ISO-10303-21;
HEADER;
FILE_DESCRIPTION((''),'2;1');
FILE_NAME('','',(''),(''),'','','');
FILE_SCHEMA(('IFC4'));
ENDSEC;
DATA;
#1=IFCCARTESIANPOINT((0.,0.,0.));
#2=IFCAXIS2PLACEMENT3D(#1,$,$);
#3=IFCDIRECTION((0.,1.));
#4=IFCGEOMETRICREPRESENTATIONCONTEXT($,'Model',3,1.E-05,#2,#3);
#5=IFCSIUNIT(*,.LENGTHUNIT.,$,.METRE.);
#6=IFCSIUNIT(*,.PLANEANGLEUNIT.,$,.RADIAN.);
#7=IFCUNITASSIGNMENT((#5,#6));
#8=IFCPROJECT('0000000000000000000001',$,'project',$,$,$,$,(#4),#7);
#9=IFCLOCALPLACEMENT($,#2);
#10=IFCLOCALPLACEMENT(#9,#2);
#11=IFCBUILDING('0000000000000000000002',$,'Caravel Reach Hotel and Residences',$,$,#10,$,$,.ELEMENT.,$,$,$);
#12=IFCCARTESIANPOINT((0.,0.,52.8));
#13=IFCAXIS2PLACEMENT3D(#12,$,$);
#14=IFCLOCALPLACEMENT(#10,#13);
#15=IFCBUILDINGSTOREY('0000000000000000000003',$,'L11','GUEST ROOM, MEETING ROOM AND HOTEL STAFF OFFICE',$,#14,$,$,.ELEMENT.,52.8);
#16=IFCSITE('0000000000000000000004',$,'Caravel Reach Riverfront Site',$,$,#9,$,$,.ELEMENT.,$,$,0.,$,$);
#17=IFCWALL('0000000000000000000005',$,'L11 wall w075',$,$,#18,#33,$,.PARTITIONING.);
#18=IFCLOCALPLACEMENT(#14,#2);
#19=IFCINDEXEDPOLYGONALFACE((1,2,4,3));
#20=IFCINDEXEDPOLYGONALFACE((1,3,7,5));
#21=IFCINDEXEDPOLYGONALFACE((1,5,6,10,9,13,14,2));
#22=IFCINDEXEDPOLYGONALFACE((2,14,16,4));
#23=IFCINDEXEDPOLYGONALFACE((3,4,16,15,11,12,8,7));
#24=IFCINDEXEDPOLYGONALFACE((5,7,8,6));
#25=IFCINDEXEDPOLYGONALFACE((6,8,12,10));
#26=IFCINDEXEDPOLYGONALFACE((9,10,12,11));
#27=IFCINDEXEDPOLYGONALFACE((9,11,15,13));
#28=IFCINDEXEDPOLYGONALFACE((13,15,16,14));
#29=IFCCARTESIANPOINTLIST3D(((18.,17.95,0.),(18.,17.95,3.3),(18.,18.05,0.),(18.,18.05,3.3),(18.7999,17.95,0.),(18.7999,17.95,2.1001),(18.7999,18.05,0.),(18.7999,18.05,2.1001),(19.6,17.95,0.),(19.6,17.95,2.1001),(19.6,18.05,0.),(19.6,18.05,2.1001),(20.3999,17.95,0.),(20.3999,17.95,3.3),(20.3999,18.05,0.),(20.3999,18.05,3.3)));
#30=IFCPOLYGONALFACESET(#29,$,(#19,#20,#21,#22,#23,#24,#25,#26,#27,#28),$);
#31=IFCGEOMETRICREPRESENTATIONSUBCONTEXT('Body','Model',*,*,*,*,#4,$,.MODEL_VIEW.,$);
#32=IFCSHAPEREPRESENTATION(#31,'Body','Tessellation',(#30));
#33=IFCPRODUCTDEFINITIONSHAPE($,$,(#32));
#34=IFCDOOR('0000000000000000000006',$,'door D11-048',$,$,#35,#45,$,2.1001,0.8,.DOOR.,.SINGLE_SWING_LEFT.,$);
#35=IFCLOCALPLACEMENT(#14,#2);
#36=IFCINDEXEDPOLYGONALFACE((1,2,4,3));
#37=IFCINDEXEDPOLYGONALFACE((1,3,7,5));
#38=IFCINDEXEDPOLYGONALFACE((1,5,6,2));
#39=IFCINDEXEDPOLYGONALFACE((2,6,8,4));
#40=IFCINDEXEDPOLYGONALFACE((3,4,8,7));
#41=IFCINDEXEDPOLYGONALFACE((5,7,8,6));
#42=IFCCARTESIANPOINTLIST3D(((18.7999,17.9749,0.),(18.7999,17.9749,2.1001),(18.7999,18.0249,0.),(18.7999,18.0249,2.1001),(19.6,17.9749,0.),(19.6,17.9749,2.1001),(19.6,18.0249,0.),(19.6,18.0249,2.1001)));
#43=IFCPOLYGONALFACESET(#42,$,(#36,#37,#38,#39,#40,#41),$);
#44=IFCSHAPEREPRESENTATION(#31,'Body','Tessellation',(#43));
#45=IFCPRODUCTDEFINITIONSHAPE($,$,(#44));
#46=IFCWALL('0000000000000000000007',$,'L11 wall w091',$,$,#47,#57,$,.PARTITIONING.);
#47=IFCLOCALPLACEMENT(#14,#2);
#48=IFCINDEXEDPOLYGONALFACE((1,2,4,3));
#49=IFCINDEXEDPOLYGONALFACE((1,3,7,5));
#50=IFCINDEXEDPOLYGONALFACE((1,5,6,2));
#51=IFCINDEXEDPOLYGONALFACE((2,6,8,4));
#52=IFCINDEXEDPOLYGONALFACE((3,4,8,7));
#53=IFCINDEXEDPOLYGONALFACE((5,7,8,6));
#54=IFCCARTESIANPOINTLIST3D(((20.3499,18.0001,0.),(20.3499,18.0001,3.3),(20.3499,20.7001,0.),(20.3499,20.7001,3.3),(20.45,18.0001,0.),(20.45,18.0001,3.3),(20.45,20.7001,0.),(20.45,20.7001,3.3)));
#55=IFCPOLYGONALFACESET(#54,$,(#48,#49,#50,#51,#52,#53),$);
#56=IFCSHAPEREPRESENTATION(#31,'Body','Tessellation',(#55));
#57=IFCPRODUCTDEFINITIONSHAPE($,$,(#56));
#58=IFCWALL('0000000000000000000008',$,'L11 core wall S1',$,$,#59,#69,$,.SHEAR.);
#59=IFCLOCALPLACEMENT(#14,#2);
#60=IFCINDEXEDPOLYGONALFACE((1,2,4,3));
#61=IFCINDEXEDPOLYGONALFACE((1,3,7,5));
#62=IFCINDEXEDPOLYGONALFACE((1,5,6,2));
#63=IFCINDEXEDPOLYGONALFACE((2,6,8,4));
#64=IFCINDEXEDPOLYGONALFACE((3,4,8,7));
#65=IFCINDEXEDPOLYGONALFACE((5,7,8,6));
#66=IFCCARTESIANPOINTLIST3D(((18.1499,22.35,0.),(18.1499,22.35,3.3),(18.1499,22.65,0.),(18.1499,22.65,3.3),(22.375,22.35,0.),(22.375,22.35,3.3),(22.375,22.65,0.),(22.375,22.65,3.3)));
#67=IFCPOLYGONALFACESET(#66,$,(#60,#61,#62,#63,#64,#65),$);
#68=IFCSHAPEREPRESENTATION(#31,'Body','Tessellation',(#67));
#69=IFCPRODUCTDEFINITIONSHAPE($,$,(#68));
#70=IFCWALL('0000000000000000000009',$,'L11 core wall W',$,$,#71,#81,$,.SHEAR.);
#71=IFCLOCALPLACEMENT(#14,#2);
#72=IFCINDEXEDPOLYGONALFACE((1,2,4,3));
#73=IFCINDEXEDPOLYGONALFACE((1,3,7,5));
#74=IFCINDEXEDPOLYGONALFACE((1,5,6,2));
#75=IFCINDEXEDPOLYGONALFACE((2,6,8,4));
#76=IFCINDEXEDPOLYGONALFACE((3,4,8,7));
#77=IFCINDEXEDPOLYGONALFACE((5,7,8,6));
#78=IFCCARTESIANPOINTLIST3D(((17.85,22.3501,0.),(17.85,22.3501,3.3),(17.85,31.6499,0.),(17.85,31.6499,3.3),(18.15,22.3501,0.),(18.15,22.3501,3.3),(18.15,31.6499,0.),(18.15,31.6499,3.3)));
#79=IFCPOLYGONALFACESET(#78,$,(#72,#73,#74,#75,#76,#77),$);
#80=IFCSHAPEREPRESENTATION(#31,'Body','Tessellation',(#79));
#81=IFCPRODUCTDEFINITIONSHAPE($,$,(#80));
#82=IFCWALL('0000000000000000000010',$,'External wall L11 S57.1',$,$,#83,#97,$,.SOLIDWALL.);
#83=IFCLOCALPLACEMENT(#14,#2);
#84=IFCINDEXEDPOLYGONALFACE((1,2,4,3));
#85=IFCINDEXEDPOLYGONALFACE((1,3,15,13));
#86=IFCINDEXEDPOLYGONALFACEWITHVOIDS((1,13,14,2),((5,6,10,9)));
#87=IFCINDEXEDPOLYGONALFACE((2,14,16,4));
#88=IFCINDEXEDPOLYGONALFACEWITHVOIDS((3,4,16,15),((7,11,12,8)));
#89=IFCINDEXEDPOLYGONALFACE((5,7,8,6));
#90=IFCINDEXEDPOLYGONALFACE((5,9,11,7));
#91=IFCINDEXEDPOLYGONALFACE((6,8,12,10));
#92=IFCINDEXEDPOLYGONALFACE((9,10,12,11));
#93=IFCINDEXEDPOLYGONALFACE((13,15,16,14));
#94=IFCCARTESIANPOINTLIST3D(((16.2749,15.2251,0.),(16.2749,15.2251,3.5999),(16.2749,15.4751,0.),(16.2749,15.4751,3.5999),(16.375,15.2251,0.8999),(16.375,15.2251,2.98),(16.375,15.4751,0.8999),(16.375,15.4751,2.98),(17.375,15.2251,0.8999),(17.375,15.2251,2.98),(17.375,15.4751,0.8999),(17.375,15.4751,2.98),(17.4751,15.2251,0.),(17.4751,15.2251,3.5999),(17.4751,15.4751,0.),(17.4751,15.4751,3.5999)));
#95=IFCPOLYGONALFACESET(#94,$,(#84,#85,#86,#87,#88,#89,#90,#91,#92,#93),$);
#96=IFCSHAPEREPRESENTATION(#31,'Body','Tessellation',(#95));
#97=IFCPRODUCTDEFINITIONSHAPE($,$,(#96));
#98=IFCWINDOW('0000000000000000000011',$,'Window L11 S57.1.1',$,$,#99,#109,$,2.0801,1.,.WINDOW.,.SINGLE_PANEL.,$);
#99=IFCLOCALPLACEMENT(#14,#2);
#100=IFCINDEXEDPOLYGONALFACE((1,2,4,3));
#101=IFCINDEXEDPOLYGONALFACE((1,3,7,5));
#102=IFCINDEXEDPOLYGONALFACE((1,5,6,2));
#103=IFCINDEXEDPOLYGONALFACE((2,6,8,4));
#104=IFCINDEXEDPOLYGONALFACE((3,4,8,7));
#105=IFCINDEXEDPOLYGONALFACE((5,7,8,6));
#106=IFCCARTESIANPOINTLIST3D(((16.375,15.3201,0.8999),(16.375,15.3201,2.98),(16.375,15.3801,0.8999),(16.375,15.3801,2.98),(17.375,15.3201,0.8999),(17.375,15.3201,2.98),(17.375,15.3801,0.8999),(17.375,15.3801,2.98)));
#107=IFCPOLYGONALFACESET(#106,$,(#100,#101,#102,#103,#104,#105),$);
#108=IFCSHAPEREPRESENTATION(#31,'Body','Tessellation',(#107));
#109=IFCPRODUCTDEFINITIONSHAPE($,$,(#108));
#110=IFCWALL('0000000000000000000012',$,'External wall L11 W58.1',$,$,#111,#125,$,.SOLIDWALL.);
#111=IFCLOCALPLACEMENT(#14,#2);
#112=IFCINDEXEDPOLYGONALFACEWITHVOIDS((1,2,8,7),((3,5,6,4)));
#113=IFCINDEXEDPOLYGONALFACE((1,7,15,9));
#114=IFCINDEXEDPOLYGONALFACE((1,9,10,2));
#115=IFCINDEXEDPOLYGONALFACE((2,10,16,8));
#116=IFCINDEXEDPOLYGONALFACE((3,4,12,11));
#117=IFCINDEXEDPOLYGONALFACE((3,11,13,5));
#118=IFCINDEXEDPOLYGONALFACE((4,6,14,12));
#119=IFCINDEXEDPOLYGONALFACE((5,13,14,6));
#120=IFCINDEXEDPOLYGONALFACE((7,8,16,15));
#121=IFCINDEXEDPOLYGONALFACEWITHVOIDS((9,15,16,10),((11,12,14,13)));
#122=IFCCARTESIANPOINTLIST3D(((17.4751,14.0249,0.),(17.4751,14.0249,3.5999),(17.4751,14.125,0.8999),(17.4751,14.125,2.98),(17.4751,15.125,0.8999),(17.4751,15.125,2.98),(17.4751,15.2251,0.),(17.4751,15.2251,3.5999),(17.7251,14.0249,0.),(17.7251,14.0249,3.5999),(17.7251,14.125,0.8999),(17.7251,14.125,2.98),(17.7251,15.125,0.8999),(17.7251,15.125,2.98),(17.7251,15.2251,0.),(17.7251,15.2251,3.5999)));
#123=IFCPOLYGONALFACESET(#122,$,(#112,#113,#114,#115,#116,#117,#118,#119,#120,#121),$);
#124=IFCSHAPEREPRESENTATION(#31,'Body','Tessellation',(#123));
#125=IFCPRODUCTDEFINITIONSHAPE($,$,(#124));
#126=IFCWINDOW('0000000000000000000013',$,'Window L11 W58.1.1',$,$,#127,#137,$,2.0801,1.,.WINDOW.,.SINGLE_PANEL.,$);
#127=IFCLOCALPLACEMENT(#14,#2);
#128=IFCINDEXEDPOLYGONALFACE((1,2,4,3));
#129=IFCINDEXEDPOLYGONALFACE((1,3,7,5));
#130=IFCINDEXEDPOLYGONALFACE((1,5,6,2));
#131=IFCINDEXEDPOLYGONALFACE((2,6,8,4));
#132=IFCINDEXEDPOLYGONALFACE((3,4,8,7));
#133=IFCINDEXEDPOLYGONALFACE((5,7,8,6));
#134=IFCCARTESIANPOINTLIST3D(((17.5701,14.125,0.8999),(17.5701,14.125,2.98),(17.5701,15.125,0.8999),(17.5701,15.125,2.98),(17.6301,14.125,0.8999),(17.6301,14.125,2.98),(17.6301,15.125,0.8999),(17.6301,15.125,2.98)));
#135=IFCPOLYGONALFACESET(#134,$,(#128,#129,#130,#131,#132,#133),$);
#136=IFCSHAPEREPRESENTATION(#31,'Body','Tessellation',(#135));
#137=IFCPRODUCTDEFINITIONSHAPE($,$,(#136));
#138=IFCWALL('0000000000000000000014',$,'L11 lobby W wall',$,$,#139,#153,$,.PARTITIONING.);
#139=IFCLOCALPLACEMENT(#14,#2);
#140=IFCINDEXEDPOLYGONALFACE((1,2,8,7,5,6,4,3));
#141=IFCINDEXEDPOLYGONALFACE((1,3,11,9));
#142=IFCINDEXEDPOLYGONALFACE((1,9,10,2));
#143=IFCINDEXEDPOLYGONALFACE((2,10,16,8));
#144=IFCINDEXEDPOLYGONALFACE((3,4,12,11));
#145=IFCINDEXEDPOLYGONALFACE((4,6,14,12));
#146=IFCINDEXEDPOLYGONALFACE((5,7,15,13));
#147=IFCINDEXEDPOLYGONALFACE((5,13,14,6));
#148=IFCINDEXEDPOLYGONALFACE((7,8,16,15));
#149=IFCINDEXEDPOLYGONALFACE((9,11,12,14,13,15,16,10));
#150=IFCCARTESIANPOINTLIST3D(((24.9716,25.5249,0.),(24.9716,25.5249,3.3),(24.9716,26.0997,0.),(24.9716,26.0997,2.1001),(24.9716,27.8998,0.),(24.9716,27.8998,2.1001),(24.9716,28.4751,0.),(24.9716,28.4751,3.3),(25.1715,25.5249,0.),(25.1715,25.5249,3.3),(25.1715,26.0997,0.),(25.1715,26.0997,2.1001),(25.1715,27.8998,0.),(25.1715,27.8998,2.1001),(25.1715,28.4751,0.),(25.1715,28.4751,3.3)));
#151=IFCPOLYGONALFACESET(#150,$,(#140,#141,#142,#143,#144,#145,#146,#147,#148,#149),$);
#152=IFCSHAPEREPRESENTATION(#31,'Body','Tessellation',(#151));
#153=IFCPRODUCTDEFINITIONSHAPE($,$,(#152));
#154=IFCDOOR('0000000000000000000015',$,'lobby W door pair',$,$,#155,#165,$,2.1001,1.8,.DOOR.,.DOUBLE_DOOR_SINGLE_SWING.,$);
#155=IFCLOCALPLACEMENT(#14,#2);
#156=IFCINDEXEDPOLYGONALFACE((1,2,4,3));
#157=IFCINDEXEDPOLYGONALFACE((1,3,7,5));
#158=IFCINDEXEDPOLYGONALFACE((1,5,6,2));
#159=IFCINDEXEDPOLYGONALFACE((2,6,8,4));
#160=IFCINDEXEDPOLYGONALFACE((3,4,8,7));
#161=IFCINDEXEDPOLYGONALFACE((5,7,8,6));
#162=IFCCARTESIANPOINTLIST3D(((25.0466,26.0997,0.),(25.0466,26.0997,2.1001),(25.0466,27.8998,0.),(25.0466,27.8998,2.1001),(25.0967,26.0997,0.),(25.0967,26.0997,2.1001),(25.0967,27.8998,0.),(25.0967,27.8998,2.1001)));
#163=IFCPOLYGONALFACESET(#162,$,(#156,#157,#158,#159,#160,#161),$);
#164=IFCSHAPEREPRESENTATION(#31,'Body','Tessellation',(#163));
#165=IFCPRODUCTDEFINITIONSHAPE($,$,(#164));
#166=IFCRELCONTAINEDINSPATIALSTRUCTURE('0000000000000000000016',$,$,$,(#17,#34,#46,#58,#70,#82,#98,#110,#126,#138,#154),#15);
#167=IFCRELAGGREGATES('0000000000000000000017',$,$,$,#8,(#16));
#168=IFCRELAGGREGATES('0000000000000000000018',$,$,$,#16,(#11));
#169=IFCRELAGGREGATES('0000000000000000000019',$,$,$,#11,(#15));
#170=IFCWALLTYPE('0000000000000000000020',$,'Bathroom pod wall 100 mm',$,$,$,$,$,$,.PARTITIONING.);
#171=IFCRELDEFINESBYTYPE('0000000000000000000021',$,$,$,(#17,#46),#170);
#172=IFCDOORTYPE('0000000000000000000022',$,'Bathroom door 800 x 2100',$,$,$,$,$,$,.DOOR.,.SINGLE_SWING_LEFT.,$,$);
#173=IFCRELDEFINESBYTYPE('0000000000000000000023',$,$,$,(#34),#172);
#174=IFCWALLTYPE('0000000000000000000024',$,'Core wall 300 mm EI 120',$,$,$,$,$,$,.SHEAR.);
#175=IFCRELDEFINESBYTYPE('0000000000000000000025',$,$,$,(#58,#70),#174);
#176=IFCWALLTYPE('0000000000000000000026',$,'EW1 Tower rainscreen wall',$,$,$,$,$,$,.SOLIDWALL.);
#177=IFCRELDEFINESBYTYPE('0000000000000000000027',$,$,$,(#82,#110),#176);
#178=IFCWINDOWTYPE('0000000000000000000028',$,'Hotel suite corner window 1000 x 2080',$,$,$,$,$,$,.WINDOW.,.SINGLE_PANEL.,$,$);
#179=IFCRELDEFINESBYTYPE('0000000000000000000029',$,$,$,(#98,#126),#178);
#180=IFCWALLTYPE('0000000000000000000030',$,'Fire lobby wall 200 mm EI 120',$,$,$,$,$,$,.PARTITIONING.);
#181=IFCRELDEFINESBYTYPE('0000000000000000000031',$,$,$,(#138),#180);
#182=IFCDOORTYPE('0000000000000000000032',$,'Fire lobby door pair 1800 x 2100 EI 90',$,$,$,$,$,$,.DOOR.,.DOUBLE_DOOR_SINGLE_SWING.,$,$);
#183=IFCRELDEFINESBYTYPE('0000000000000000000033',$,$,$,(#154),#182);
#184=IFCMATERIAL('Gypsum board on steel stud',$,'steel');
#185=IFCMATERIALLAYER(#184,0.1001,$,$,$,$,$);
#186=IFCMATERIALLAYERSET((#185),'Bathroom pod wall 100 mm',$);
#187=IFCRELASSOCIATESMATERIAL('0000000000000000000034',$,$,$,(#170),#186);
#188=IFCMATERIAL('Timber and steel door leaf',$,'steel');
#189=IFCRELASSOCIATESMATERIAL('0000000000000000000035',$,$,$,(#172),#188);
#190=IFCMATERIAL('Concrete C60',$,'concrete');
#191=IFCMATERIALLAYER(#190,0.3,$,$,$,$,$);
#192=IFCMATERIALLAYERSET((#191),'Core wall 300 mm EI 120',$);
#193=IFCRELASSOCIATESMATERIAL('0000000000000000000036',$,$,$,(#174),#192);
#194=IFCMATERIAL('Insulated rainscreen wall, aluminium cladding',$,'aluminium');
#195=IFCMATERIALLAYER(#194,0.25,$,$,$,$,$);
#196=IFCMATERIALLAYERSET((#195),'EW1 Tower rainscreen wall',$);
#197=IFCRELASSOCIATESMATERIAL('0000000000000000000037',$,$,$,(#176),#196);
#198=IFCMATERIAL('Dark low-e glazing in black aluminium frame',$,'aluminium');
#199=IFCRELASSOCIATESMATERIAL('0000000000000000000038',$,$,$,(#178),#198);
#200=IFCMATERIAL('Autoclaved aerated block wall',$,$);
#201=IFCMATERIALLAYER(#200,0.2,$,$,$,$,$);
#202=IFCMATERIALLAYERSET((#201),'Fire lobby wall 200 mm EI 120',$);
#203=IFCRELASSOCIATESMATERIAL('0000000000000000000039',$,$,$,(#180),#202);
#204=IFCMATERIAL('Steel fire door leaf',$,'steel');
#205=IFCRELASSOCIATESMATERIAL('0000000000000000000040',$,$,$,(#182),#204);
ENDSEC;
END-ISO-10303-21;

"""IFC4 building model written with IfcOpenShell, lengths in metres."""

from ifc_helpers import new_model, si_unit, direction, frame, frame_2d, origin, place, context, subcontext, project, spatial, rectangle, extrude, material, layer, layer_set, type_object, element, fill, save


model = new_model("IFC4")

# Units and contexts
model_context = context("Model", 3, precision=1e-05, world=origin(), true_north=direction((0.0, 1.0)))
body_context = subcontext(model_context, "Body", "Model", "MODEL_VIEW")
ifc_project = project(units=[si_unit("LENGTHUNIT", "METRE"), si_unit("PLANEANGLEUNIT", "RADIAN")], contexts=[model_context])

# Site, building, storey
site_placement = place(None, origin())
site = spatial("IfcSite", under=ifc_project, at=site_placement, Name="Caravel Reach Riverfront Site", CompositionType="ELEMENT", RefElevation=0.0)
building_placement = place(site_placement, origin())
building = spatial("IfcBuilding", under=site, at=building_placement, Name="Caravel Reach Hotel and Residences", CompositionType="ELEMENT")
storey_placement = place(building_placement, frame((0.0, 0.0, 52.8)))
storey = spatial("IfcBuildingStorey", under=building, at=storey_placement, Name="L11", Description="GUEST ROOM, MEETING ROOM AND HOTEL STAFF OFFICE", CompositionType="ELEMENT", Elevation=52.8)

# Wall, opening, door
ifc_material_1 = material(Name="Gypsum board on steel stud", Category="steel")
ifc_layer_1 = layer(ifc_material_1, 0.1001)
ifc_layer_set_1 = layer_set([ifc_layer_1], Name="Bathroom pod wall 100 mm")
wall_type_1 = type_object("IfcWallType", Name="Bathroom pod wall 100 mm", PredefinedType="PARTITIONING", material=ifc_layer_set_1)
wall_1_placement = place(storey_placement, frame((18.0, 18.0, 0.0), z_axis=(0.0, 0.0, 1.0), x_axis=(1.0, 0.0, 0.0)))
wall_1 = element("IfcWall", 1, at=wall_1_placement, inside=storey, type_object=wall_type_1, Name="L11 wall w075", PredefinedType="PARTITIONING", context=body_context, shape_type="SweptSolid", body=[
    extrude(rectangle(XDim=2.3999, YDim=0.1001, at=frame_2d((1.2, 0.0))), origin(), (0.0, 0.0, 1.0), 3.3),
])
opening_1_placement = place(wall_1_placement, frame((0.8, 0.0, 0.0)))
opening_1 = element("IfcOpeningElement", 2, at=opening_1_placement, cuts=wall_1, PredefinedType="OPENING", context=body_context, shape_type="SweptSolid", body=[
    extrude(rectangle(XDim=0.8, YDim=2.1001, at=frame_2d((0.3999, 1.05))), frame((0.0, 0.0601, 0.0), z_axis=(0.0, -1.0, 0.0), x_axis=(1.0, 0.0, 0.0)), (0.0, 0.0, 1.0), 0.1201),
])
ifc_material_2 = material(Name="Timber and steel door leaf", Category="steel")
door_type_1 = type_object("IfcDoorType", Name="Bathroom door 800 x 2100", OperationType="SINGLE_SWING_LEFT", PredefinedType="DOOR", material=ifc_material_2)
door_1_placement = place(opening_1_placement, origin())
door_1 = element("IfcDoor", 3, at=door_1_placement, inside=storey, type_object=door_type_1, Name="door D11-048", OperationType="SINGLE_SWING_LEFT", OverallHeight=2.1001, OverallWidth=0.8, PredefinedType="DOOR", context=body_context, shape_type="SweptSolid", body=[
    extrude(rectangle(XDim=0.8, YDim=2.1001, at=frame_2d((0.3999, 1.05))), frame((0.0, 0.0249, 0.0), z_axis=(0.0, -1.0, 0.0), x_axis=(1.0, 0.0, 0.0)), (0.0, 0.0, 1.0), 0.05),
])
fill(opening_1, door_1)

# Walls
wall_2_placement = place(storey_placement, frame((20.3999, 18.0, 0.0), z_axis=(0.0, 0.0, 1.0), x_axis=(0.0, 1.0, 0.0)))
element("IfcWall", 4, at=wall_2_placement, inside=storey, type_object=wall_type_1, Name="L11 wall w091", PredefinedType="PARTITIONING", context=body_context, shape_type="SweptSolid", body=[
    extrude(rectangle(XDim=2.7, YDim=0.1001, at=frame_2d((1.3501, 0.0))), origin(), (0.0, 0.0, 1.0), 3.3),
])
ifc_material_3 = material(Name="Concrete C60", Category="concrete")
ifc_layer_2 = layer(ifc_material_3, 0.3)
ifc_layer_set_2 = layer_set([ifc_layer_2], Name="Core wall 300 mm EI 120")
wall_type_2 = type_object("IfcWallType", Name="Core wall 300 mm EI 120", PredefinedType="SHEAR", material=ifc_layer_set_2)
wall_3_placement = place(storey_placement, frame((18.1499, 22.5, 0.0), z_axis=(0.0, 0.0, 1.0), x_axis=(1.0, 0.0, 0.0)))
element("IfcWall", 5, at=wall_3_placement, inside=storey, type_object=wall_type_2, Name="L11 core wall S1", PredefinedType="SHEAR", context=body_context, shape_type="SweptSolid", body=[
    extrude(rectangle(XDim=4.2251, YDim=0.3, at=frame_2d((2.1125, 0.0))), origin(), (0.0, 0.0, 1.0), 3.3),
])
wall_4_placement = place(storey_placement, frame((18.0, 22.3501, 0.0), z_axis=(0.0, 0.0, 1.0), x_axis=(0.0, 1.0, 0.0)))
element("IfcWall", 6, at=wall_4_placement, inside=storey, type_object=wall_type_2, Name="L11 core wall W", PredefinedType="SHEAR", context=body_context, shape_type="SweptSolid", body=[
    extrude(rectangle(XDim=9.2998, YDim=0.3, at=frame_2d((4.6499, 0.0))), origin(), (0.0, 0.0, 1.0), 3.3),
])

# Walls, openings, windows
ifc_material_4 = material(Name="Insulated rainscreen wall, aluminium cladding", Category="aluminium")
ifc_layer_3 = layer(ifc_material_4, 0.25)
ifc_layer_set_3 = layer_set([ifc_layer_3], Name="EW1 Tower rainscreen wall")
wall_type_3 = type_object("IfcWallType", Name="EW1 Tower rainscreen wall", PredefinedType="SOLIDWALL", material=ifc_layer_set_3)
wall_5_placement = place(storey_placement, frame((16.2749, 15.3501, 0.0), z_axis=(0.0, 0.0, 1.0), x_axis=(1.0, 0.0, 0.0)))
wall_5 = element("IfcWall", 7, at=wall_5_placement, inside=storey, type_object=wall_type_3, Name="External wall L11 S57.1", PredefinedType="SOLIDWALL", context=body_context, shape_type="SweptSolid", body=[
    extrude(rectangle(XDim=1.2002, YDim=0.25, at=frame_2d((0.6001, 0.0))), origin(), (0.0, 0.0, 1.0), 3.5999),
])
opening_2_placement = place(wall_5_placement, frame((0.1001, 0.0, 0.8999)))
opening_2 = element("IfcOpeningElement", 8, at=opening_2_placement, cuts=wall_5, PredefinedType="OPENING", context=body_context, shape_type="SweptSolid", body=[
    extrude(rectangle(XDim=1.0, YDim=2.0801, at=frame_2d((0.5, 1.04))), frame((0.0, 0.135, 0.0), z_axis=(0.0, -1.0, 0.0), x_axis=(1.0, 0.0, 0.0)), (0.0, 0.0, 1.0), 0.27),
])
ifc_material_5 = material(Name="Dark low-e glazing in black aluminium frame", Category="aluminium")
window_type = type_object("IfcWindowType", Name="Hotel suite corner window 1000 x 2080", PartitioningType="SINGLE_PANEL", PredefinedType="WINDOW", material=ifc_material_5)
window_1_placement = place(opening_2_placement, origin())
window_1 = element("IfcWindow", 9, at=window_1_placement, inside=storey, type_object=window_type, Name="Window L11 S57.1.1", OverallHeight=2.0801, OverallWidth=1.0, PartitioningType="SINGLE_PANEL", PredefinedType="WINDOW", context=body_context, shape_type="SweptSolid", body=[
    extrude(rectangle(XDim=1.0, YDim=2.0801, at=frame_2d((0.5, 1.04))), frame((0.0, 0.03, 0.0), z_axis=(0.0, -1.0, 0.0), x_axis=(1.0, 0.0, 0.0)), (0.0, 0.0, 1.0), 0.0601),
])
fill(opening_2, window_1)
wall_6_placement = place(storey_placement, frame((17.6001, 15.2251, 0.0), z_axis=(0.0, 0.0, 1.0), x_axis=(0.0, -1.0, 0.0)))
wall_6 = element("IfcWall", 10, at=wall_6_placement, inside=storey, type_object=wall_type_3, Name="External wall L11 W58.1", PredefinedType="SOLIDWALL", context=body_context, shape_type="SweptSolid", body=[
    extrude(rectangle(XDim=1.2002, YDim=0.25, at=frame_2d((0.6001, 0.0))), origin(), (0.0, 0.0, 1.0), 3.5999),
])
opening_3_placement = place(wall_6_placement, frame((0.1001, 0.0, 0.8999)))
opening_3 = element("IfcOpeningElement", 11, at=opening_3_placement, cuts=wall_6, PredefinedType="OPENING", context=body_context, shape_type="SweptSolid", body=[
    extrude(rectangle(XDim=1.0, YDim=2.0801, at=frame_2d((0.5, 1.04))), frame((0.0, 0.135, 0.0), z_axis=(0.0, -1.0, 0.0), x_axis=(1.0, 0.0, 0.0)), (0.0, 0.0, 1.0), 0.27),
])
window_2_placement = place(opening_3_placement, origin())
window_2 = element("IfcWindow", 12, at=window_2_placement, inside=storey, type_object=window_type, Name="Window L11 W58.1.1", OverallHeight=2.0801, OverallWidth=1.0, PartitioningType="SINGLE_PANEL", PredefinedType="WINDOW", context=body_context, shape_type="SweptSolid", body=[
    extrude(rectangle(XDim=1.0, YDim=2.0801, at=frame_2d((0.5, 1.04))), frame((0.0, 0.03, 0.0), z_axis=(0.0, -1.0, 0.0), x_axis=(1.0, 0.0, 0.0)), (0.0, 0.0, 1.0), 0.0601),
])
fill(opening_3, window_2)

# Wall, opening, door
ifc_material_6 = material(Name="Autoclaved aerated block wall")
ifc_layer_4 = layer(ifc_material_6, 0.2)
ifc_layer_set_4 = layer_set([ifc_layer_4], Name="Fire lobby wall 200 mm EI 120")
wall_type_4 = type_object("IfcWallType", Name="Fire lobby wall 200 mm EI 120", PredefinedType="PARTITIONING", material=ifc_layer_set_4)
wall_7_placement = place(storey_placement, frame((25.0715, 25.5249, 0.0), z_axis=(0.0, 0.0, 1.0), x_axis=(0.0, 1.0, 0.0)))
wall_7 = element("IfcWall", 13, at=wall_7_placement, inside=storey, type_object=wall_type_4, Name="L11 lobby W wall", PredefinedType="PARTITIONING", context=body_context, shape_type="SweptSolid", body=[
    extrude(rectangle(XDim=2.9502, YDim=0.2, at=frame_2d((1.4751, 0.0))), origin(), (0.0, 0.0, 1.0), 3.3),
])
opening_4_placement = place(wall_7_placement, frame((0.575, 0.0, 0.0)))
opening_4 = element("IfcOpeningElement", 14, at=opening_4_placement, cuts=wall_7, PredefinedType="OPENING", context=body_context, shape_type="SweptSolid", body=[
    extrude(rectangle(XDim=1.8, YDim=2.1001, at=frame_2d((0.8999, 1.05))), frame((0.0, 0.1099, 0.0), z_axis=(0.0, -1.0, 0.0), x_axis=(1.0, 0.0, 0.0)), (0.0, 0.0, 1.0), 0.22),
])
ifc_material_7 = material(Name="Steel fire door leaf", Category="steel")
door_type_2 = type_object("IfcDoorType", Name="Fire lobby door pair 1800 x 2100 EI 90", OperationType="DOUBLE_DOOR_SINGLE_SWING", PredefinedType="DOOR", material=ifc_material_7)
door_2_placement = place(opening_4_placement, origin())
door_2 = element("IfcDoor", 15, at=door_2_placement, inside=storey, type_object=door_type_2, Name="lobby W door pair", OperationType="DOUBLE_DOOR_SINGLE_SWING", OverallHeight=2.1001, OverallWidth=1.8, PredefinedType="DOOR", context=body_context, shape_type="SweptSolid", body=[
    extrude(rectangle(XDim=1.8, YDim=2.1001, at=frame_2d((0.8999, 1.05))), frame((0.0, 0.0249, 0.0), z_axis=(0.0, -1.0, 0.0), x_axis=(1.0, 0.0, 0.0)), (0.0, 0.0, 1.0), 0.05),
])
fill(opening_4, door_2)

save(model, "model.ifc")
